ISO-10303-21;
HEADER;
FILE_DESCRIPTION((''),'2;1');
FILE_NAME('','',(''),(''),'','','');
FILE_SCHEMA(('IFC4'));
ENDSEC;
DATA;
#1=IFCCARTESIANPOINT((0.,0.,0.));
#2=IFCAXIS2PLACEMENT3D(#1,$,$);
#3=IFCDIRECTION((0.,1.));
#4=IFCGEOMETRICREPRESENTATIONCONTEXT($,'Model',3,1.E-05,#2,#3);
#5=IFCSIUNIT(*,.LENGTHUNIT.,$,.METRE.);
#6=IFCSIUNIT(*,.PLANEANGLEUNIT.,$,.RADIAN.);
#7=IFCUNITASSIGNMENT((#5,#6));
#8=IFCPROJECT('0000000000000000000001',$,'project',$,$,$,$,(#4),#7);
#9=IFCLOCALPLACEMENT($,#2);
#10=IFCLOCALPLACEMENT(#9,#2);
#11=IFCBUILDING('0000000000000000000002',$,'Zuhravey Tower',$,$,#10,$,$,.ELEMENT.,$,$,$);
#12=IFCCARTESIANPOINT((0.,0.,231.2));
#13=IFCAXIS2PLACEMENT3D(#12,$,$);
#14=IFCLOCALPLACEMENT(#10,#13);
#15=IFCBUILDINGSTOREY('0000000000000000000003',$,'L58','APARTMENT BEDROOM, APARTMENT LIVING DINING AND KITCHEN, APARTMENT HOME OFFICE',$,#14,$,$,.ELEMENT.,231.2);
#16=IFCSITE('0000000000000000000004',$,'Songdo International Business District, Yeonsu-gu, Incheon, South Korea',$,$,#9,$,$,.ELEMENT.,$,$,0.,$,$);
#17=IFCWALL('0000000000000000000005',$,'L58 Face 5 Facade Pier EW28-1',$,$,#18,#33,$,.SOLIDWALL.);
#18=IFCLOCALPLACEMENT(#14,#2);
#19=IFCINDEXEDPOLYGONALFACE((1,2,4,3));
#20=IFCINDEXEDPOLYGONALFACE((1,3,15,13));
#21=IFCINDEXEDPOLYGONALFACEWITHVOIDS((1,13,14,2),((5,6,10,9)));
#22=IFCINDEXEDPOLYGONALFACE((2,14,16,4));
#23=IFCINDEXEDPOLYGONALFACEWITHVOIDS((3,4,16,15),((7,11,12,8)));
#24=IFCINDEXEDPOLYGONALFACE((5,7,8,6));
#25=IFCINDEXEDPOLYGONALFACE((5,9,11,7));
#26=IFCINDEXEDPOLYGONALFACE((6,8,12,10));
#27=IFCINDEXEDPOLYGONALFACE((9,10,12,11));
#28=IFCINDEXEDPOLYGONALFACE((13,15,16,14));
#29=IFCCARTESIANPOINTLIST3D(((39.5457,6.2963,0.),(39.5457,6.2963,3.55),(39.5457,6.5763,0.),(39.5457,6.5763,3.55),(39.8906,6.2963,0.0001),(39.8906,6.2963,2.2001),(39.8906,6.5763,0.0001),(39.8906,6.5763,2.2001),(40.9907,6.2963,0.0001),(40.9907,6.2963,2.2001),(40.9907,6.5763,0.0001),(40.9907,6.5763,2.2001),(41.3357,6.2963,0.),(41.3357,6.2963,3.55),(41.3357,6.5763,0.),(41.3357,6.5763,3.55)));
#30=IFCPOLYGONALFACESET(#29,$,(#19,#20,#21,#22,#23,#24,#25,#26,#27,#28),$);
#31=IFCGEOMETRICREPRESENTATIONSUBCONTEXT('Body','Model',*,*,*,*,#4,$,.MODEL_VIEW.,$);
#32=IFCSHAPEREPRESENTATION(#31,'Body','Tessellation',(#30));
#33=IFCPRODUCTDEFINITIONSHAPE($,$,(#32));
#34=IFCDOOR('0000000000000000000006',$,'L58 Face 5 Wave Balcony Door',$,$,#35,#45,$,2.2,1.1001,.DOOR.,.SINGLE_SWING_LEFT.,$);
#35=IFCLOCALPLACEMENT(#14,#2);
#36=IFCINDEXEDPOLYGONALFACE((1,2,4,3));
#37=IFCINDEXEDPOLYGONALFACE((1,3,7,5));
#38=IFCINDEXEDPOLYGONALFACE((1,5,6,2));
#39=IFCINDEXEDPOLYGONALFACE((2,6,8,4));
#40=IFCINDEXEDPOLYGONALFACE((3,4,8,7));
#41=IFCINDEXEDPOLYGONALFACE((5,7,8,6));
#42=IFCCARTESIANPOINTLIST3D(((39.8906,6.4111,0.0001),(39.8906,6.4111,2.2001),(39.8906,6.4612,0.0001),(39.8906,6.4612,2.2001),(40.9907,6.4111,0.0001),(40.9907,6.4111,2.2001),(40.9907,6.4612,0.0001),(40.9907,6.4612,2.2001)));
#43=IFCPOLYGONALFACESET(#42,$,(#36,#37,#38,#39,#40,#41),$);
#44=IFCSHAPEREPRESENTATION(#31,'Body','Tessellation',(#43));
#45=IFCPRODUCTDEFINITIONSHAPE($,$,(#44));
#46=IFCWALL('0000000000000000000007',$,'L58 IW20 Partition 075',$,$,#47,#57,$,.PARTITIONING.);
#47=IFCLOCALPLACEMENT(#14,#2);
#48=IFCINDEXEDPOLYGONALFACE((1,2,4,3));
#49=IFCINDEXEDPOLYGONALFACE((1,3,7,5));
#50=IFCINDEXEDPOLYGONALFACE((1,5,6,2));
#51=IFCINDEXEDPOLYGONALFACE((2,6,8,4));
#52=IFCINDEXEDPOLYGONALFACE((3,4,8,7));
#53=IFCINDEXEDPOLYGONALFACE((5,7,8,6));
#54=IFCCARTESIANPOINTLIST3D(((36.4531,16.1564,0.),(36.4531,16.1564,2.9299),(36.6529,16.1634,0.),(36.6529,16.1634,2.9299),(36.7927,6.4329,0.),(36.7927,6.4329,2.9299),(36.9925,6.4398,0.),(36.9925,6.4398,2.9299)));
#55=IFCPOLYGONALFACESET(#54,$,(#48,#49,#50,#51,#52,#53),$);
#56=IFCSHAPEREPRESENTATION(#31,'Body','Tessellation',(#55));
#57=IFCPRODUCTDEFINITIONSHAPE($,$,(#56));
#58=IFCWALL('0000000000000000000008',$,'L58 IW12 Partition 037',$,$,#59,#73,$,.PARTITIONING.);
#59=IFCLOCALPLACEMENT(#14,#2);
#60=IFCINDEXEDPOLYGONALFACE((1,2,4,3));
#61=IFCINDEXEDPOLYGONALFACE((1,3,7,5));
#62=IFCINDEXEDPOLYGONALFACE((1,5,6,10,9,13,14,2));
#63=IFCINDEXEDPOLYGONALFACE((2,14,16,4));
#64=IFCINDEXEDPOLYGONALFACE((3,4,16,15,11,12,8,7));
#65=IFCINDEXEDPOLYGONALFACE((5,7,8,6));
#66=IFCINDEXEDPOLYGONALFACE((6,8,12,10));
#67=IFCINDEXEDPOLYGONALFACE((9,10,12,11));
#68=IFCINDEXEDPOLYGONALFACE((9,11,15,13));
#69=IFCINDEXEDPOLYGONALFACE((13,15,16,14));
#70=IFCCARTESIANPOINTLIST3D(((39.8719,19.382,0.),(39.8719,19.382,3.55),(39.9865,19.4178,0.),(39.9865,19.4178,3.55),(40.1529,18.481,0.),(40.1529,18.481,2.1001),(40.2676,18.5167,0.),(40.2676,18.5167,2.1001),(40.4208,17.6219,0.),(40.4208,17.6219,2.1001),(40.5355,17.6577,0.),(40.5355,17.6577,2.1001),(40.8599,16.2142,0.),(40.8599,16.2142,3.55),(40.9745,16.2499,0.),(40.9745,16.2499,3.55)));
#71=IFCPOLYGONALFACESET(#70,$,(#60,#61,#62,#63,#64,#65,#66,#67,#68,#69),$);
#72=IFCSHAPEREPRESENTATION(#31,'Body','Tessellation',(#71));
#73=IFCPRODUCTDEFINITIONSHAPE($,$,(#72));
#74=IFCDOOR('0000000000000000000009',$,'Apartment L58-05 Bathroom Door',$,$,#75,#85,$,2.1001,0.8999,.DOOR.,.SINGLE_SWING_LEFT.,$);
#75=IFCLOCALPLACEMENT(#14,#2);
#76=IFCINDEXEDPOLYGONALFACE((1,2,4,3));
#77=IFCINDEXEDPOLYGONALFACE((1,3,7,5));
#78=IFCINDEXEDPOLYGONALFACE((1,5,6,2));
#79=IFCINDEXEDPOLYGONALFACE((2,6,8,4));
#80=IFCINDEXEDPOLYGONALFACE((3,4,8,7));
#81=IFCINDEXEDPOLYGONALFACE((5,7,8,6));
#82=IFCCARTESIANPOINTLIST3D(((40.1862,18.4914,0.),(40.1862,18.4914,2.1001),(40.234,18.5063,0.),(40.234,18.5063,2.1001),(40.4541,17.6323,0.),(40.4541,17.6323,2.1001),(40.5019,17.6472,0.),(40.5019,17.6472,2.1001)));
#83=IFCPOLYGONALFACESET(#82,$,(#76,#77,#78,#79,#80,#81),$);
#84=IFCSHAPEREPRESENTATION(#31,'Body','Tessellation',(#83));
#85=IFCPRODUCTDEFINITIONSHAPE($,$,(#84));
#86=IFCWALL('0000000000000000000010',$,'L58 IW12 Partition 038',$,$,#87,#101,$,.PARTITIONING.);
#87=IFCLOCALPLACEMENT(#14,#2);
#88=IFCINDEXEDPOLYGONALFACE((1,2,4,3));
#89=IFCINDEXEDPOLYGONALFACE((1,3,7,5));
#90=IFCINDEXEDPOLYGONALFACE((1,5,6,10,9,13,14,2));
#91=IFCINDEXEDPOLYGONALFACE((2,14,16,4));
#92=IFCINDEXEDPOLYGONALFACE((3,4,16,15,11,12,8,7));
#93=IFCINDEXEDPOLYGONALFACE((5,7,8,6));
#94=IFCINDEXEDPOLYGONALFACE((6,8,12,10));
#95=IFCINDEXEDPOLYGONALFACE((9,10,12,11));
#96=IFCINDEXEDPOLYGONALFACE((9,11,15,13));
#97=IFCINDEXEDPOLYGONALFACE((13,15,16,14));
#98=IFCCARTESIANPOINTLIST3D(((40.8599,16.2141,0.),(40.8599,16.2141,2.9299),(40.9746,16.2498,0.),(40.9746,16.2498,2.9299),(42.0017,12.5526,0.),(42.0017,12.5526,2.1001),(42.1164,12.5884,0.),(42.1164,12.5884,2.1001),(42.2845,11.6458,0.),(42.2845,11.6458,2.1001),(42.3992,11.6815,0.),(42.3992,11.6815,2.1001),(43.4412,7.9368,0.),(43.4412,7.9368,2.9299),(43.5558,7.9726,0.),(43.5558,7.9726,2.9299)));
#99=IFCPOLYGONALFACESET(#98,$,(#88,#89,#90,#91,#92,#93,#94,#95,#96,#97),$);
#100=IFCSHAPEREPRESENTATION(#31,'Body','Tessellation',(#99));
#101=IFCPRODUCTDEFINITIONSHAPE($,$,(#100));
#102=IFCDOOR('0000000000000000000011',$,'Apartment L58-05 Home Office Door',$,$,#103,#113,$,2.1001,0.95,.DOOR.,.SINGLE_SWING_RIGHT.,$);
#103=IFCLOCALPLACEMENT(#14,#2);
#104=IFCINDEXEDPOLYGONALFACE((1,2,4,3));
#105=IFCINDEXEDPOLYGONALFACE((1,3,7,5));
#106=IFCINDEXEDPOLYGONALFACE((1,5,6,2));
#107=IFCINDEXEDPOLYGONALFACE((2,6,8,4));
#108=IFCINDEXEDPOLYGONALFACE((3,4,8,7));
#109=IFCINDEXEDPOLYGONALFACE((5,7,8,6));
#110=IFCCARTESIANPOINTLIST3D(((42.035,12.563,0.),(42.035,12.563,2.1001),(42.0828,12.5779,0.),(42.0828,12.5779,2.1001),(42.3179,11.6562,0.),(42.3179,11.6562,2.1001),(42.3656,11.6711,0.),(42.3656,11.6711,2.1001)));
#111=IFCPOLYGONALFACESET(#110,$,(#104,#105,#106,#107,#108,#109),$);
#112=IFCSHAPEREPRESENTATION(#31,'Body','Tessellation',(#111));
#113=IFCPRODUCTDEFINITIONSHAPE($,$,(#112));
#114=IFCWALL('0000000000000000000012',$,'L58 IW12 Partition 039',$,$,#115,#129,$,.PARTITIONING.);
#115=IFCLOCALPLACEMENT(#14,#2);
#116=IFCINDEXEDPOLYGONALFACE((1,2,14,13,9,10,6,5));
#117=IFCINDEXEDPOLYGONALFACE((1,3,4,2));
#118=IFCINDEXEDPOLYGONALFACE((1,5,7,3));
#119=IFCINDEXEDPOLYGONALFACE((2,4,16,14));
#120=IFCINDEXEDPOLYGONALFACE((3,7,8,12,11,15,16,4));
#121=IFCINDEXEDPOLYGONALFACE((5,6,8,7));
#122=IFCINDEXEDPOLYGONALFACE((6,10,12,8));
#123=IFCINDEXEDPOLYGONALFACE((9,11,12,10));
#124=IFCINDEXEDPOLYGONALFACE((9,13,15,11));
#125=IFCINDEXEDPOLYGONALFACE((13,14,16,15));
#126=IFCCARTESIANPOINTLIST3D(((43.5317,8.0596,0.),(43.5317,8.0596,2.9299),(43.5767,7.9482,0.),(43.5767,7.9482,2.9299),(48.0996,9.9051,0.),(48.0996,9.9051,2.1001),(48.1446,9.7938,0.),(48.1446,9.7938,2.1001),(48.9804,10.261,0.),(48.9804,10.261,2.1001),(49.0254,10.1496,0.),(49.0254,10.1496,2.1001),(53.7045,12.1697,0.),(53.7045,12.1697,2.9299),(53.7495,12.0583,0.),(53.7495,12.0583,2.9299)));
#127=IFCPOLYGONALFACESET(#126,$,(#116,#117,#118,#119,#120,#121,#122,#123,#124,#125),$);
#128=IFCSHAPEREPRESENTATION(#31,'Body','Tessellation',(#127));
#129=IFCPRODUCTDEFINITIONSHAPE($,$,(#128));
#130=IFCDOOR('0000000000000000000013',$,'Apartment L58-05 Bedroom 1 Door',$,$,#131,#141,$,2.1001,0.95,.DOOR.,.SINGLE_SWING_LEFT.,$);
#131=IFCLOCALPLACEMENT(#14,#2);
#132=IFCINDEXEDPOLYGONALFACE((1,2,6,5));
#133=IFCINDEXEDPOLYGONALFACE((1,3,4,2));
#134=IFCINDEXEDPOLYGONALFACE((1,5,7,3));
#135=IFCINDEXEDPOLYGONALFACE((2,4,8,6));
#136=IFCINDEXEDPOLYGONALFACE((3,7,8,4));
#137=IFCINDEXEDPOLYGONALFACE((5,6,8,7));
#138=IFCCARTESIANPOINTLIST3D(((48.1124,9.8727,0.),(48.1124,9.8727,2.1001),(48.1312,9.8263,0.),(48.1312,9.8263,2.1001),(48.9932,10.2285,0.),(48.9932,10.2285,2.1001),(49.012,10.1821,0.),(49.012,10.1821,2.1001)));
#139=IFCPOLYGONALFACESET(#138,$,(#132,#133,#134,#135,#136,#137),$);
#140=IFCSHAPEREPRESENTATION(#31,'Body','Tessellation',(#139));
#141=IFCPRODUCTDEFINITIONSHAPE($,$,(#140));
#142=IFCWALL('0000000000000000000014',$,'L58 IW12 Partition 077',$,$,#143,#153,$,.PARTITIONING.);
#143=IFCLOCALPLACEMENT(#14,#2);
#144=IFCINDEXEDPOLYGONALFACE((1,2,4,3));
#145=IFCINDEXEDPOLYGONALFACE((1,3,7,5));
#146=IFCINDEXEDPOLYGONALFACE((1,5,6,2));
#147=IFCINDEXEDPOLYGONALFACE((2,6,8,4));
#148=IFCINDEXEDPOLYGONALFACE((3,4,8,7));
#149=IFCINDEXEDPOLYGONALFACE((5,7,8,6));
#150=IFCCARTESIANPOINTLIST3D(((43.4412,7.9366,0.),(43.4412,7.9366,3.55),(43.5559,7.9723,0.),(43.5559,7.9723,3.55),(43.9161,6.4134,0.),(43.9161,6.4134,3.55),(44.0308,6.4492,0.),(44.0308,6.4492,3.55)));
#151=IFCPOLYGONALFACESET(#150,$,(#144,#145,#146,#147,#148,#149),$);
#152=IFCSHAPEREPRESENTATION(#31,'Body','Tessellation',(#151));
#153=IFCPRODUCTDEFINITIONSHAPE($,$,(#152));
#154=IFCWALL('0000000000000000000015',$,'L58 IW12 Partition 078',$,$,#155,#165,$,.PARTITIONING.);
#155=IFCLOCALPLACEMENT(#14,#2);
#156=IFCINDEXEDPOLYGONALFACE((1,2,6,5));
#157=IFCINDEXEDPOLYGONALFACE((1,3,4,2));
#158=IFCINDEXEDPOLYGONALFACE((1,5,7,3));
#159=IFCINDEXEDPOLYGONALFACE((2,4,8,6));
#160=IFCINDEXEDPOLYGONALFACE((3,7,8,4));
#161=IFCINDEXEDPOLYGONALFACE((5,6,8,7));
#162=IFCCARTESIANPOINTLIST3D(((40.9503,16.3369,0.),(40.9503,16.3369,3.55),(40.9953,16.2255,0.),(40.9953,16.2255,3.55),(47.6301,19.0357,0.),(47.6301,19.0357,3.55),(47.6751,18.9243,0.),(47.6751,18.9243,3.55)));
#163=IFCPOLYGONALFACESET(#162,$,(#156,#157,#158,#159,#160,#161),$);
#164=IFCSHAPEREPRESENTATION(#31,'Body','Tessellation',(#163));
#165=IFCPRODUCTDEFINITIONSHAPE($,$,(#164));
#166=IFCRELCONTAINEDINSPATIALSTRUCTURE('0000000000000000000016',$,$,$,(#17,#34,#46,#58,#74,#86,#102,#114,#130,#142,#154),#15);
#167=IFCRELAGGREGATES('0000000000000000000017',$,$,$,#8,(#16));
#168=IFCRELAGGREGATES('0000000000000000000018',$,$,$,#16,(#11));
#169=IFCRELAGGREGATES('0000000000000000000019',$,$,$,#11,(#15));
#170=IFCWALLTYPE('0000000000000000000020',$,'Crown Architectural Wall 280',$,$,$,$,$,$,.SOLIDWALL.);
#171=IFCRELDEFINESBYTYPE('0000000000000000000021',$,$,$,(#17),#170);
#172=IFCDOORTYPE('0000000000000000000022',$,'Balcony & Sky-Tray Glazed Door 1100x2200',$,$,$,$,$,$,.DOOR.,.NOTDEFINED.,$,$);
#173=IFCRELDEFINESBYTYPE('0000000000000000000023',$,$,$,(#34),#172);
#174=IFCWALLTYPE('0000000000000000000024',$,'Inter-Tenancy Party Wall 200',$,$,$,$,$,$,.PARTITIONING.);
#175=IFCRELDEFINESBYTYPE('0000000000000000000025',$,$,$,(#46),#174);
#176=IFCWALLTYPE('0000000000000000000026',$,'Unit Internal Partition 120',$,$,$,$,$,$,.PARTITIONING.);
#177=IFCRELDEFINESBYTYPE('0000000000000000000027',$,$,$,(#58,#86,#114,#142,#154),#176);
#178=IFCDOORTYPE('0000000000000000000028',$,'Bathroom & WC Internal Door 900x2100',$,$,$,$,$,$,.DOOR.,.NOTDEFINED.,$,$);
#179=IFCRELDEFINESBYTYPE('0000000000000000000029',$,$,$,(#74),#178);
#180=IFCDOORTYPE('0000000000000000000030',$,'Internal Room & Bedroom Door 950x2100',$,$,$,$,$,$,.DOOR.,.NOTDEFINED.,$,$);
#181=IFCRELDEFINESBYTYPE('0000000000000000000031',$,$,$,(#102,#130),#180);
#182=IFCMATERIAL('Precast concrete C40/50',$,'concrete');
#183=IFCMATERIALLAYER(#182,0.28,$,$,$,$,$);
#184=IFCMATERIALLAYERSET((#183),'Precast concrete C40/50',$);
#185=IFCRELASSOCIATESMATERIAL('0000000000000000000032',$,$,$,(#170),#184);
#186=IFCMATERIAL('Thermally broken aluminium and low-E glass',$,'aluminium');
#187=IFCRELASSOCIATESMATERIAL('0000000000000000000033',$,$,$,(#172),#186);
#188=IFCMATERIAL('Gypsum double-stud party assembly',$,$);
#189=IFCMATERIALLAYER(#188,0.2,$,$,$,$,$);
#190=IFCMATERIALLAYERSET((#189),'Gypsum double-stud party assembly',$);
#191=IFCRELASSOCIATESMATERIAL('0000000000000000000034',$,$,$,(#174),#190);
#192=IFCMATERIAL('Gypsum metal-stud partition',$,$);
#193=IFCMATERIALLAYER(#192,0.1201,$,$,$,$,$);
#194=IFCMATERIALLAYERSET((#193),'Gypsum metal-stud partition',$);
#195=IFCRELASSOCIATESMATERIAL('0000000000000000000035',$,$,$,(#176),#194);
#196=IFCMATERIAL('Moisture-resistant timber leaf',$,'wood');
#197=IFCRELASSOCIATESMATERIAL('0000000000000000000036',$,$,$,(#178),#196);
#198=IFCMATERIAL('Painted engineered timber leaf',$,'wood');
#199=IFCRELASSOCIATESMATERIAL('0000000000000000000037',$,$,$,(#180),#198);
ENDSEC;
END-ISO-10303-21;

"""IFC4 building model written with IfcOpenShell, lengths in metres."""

from ifc_helpers import new_model, si_unit, direction, frame, frame_2d, origin, place, context, subcontext, project, spatial, rectangle, extrude, material, layer, layer_set, type_object, element, fill, save


model = new_model("IFC4")

# Units and contexts
model_context = context("Model", 3, precision=1e-05, world=origin(), true_north=direction((0.0, 1.0)))
body_context = subcontext(model_context, "Body", "Model", "MODEL_VIEW")
ifc_project = project(units=[si_unit("LENGTHUNIT", "METRE"), si_unit("PLANEANGLEUNIT", "RADIAN")], contexts=[model_context])

# Site, building, storey
site_placement = place(None, origin())
site = spatial("IfcSite", under=ifc_project, at=site_placement, Name="Songdo International Business District, Yeonsu-gu, Incheon, South Korea", CompositionType="ELEMENT", RefElevation=0.0)
building_placement = place(site_placement, origin())
building = spatial("IfcBuilding", under=site, at=building_placement, Name="Zuhravey Tower", CompositionType="ELEMENT")
storey_placement = place(building_placement, frame((0.0, 0.0, 231.2)))
storey = spatial("IfcBuildingStorey", under=building, at=storey_placement, Name="L58", Description="APARTMENT BEDROOM, APARTMENT LIVING DINING AND KITCHEN, APARTMENT HOME OFFICE", CompositionType="ELEMENT", Elevation=231.2)

# Wall, opening, door
ifc_material_1 = material(Name="Precast concrete C40/50", Category="concrete")
ifc_layer_1 = layer(ifc_material_1, 0.28)
ifc_layer_set_1 = layer_set([ifc_layer_1], Name="Precast concrete C40/50")
wall_type_1 = type_object("IfcWallType", Name="Crown Architectural Wall 280", PredefinedType="SOLIDWALL", material=ifc_layer_set_1)
wall_1_placement = place(storey_placement, frame((41.3357, 6.4363, 0.0), z_axis=(0.0, 0.0, 1.0), x_axis=(-1.0, 0.0, 0.0)))
wall_1 = element("IfcWall", 1, at=wall_1_placement, inside=storey, type_object=wall_type_1, Name="L58 Face 5 Facade Pier EW28-1", PredefinedType="SOLIDWALL", context=body_context, shape_type="SweptSolid", body=[
    extrude(rectangle(XDim=1.79, YDim=0.28, at=frame_2d((0.895, 0.0))), origin(), (0.0, 0.0, 1.0), 3.55),
])
opening_1_placement = place(wall_1_placement, frame((0.345, 0.0, 0.0)))
opening_1 = element("IfcOpeningElement", 2, at=opening_1_placement, cuts=wall_1, PredefinedType="OPENING", context=body_context, shape_type="SweptSolid", body=[
    extrude(rectangle(XDim=1.1001, YDim=2.2, at=frame_2d((0.55, 1.1001))), frame((0.0, 0.1521, 0.0), z_axis=(0.0, -1.0, 0.0), x_axis=(1.0, 0.0, 0.0)), (0.0, 0.0, 1.0), 0.304),
])
ifc_material_2 = material(Name="Thermally broken aluminium and low-E glass", Category="aluminium")
door_type_1 = type_object("IfcDoorType", Name="Balcony & Sky-Tray Glazed Door 1100x2200", OperationType="NOTDEFINED", PredefinedType="DOOR", material=ifc_material_2)
door_1_placement = place(opening_1_placement, frame((1.1001, 0.0, 0.0), z_axis=(0.0, 0.0, 1.0), x_axis=(-1.0, 0.0, 0.0)))
door_1 = element("IfcDoor", 3, at=door_1_placement, inside=storey, type_object=door_type_1, Name="L58 Face 5 Wave Balcony Door", OperationType="SINGLE_SWING_LEFT", OverallHeight=2.2, OverallWidth=1.1001, PredefinedType="DOOR", context=body_context, shape_type="SweptSolid", body=[
    extrude(rectangle(XDim=1.1001, YDim=2.2, at=frame_2d((0.55, 1.1001))), frame((0.0, 0.0249, 0.0), z_axis=(0.0, -1.0, 0.0), x_axis=(1.0, 0.0, 0.0)), (0.0, 0.0, 1.0), 0.05),
])
fill(opening_1, door_1)

# Wall
ifc_material_3 = material(Name="Gypsum double-stud party assembly")
ifc_layer_2 = layer(ifc_material_3, 0.2)
ifc_layer_set_2 = layer_set([ifc_layer_2], Name="Gypsum double-stud party assembly")
wall_type_2 = type_object("IfcWallType", Name="Inter-Tenancy Party Wall 200", PredefinedType="PARTITIONING", material=ifc_layer_set_2)
wall_2_placement = place(storey_placement, frame((36.553, 16.1599, 0.0), z_axis=(0.0, 0.0, 1.0), x_axis=(0.034904, -0.999391, 0.0)))
element("IfcWall", 4, at=wall_2_placement, inside=storey, type_object=wall_type_2, Name="L58 IW20 Partition 075", PredefinedType="PARTITIONING", context=body_context, shape_type="SweptSolid", body=[
    extrude(rectangle(XDim=9.7295, YDim=0.2, at=frame_2d((4.8647, 0.0))), origin(), (0.0, 0.0, 1.0), 2.9299),
])

# Walls, openings, doors
ifc_material_4 = material(Name="Gypsum metal-stud partition")
ifc_layer_3 = layer(ifc_material_4, 0.1201)
ifc_layer_set_3 = layer_set([ifc_layer_3], Name="Gypsum metal-stud partition")
wall_type_3 = type_object("IfcWallType", Name="Unit Internal Partition 120", PredefinedType="PARTITIONING", material=ifc_layer_set_3)
wall_3_placement = place(storey_placement, frame((39.9292, 19.3999, 0.0), z_axis=(0.0, 0.0, 1.0), x_axis=(0.297739, -0.954647, 0.0)))
wall_3 = element("IfcWall", 5, at=wall_3_placement, inside=storey, type_object=wall_type_3, Name="L58 IW12 Partition 037", PredefinedType="PARTITIONING", context=body_context, shape_type="SweptSolid", body=[
    extrude(rectangle(XDim=3.3184, YDim=0.1201, at=frame_2d((1.6592, 0.0))), origin(), (0.0, 0.0, 1.0), 3.55),
])
opening_2_placement = place(wall_3_placement, frame((0.9438, 0.0, 0.0)))
opening_2 = element("IfcOpeningElement", 6, at=opening_2_placement, cuts=wall_3, PredefinedType="OPENING", context=body_context, shape_type="SweptSolid", body=[
    extrude(rectangle(XDim=0.8999, YDim=2.1001, at=frame_2d((0.45, 1.05))), frame((0.0, 0.072, 0.0), z_axis=(0.0, -1.0, 0.0), x_axis=(1.0, 0.0, 0.0)), (0.0, 0.0, 1.0), 0.144),
])
ifc_material_5 = material(Name="Moisture-resistant timber leaf", Category="wood")
door_type_2 = type_object("IfcDoorType", Name="Bathroom & WC Internal Door 900x2100", OperationType="NOTDEFINED", PredefinedType="DOOR", material=ifc_material_5)
door_2_placement = place(opening_2_placement, origin())
door_2 = element("IfcDoor", 7, at=door_2_placement, inside=storey, type_object=door_type_2, Name="Apartment L58-05 Bathroom Door", OperationType="SINGLE_SWING_LEFT", OverallHeight=2.1001, OverallWidth=0.8999, PredefinedType="DOOR", context=body_context, shape_type="SweptSolid", body=[
    extrude(rectangle(XDim=0.8999, YDim=2.1001, at=frame_2d((0.45, 1.05))), frame((0.0, 0.0249, 0.0), z_axis=(0.0, -1.0, 0.0), x_axis=(1.0, 0.0, 0.0)), (0.0, 0.0, 1.0), 0.05),
])
fill(opening_2, door_2)
wall_4_placement = place(storey_placement, frame((40.9172, 16.2319, 0.0), z_axis=(0.0, 0.0, 1.0), x_axis=(0.297711, -0.954656, 0.0)))
wall_4 = element("IfcWall", 8, at=wall_4_placement, inside=storey, type_object=wall_type_3, Name="L58 IW12 Partition 038", PredefinedType="PARTITIONING", context=body_context, shape_type="SweptSolid", body=[
    extrude(rectangle(XDim=8.6704, YDim=0.1201, at=frame_2d((4.3352, 0.0))), origin(), (0.0, 0.0, 1.0), 2.9299),
])
opening_3_placement = place(wall_4_placement, frame((3.8352, 0.0, 0.0)))
opening_3 = element("IfcOpeningElement", 9, at=opening_3_placement, cuts=wall_4, PredefinedType="OPENING", context=body_context, shape_type="SweptSolid", body=[
    extrude(rectangle(XDim=0.95, YDim=2.1001, at=frame_2d((0.4751, 1.05))), frame((0.0, 0.072, 0.0), z_axis=(0.0, -1.0, 0.0), x_axis=(1.0, 0.0, 0.0)), (0.0, 0.0, 1.0), 0.144),
])
ifc_material_6 = material(Name="Painted engineered timber leaf", Category="wood")
door_type_3 = type_object("IfcDoorType", Name="Internal Room & Bedroom Door 950x2100", OperationType="NOTDEFINED", PredefinedType="DOOR", material=ifc_material_6)
door_3_placement = place(opening_3_placement, origin())
door_3 = element("IfcDoor", 10, at=door_3_placement, inside=storey, type_object=door_type_3, Name="Apartment L58-05 Home Office Door", OperationType="SINGLE_SWING_RIGHT", OverallHeight=2.1001, OverallWidth=0.95, PredefinedType="DOOR", context=body_context, shape_type="SweptSolid", body=[
    extrude(rectangle(XDim=0.95, YDim=2.1001, at=frame_2d((0.4751, 1.05))), frame((0.0, 0.0249, 0.0), z_axis=(0.0, -1.0, 0.0), x_axis=(1.0, 0.0, 0.0)), (0.0, 0.0, 1.0), 0.05),
])
fill(opening_3, door_3)
wall_5_placement = place(storey_placement, frame((43.5542, 8.0039, 0.0), z_axis=(0.0, 0.0, 1.0), x_axis=(0.927184, 0.374607, 0.0)))
wall_5 = element("IfcWall", 11, at=wall_5_placement, inside=storey, type_object=wall_type_3, Name="L58 IW12 Partition 039", PredefinedType="PARTITIONING", context=body_context, shape_type="SweptSolid", body=[
    extrude(rectangle(XDim=10.9717, YDim=0.1201, at=frame_2d((5.4858, 0.0))), origin(), (0.0, 0.0, 1.0), 2.9299),
])
opening_4_placement = place(wall_5_placement, frame((4.9265, 0.0, 0.0)))
opening_4 = element("IfcOpeningElement", 12, at=opening_4_placement, cuts=wall_5, PredefinedType="OPENING", context=body_context, shape_type="SweptSolid", body=[
    extrude(rectangle(XDim=0.95, YDim=2.1001, at=frame_2d((0.4751, 1.05))), frame((0.0, 0.072, 0.0), z_axis=(0.0, -1.0, 0.0), x_axis=(1.0, 0.0, 0.0)), (0.0, 0.0, 1.0), 0.144),
])
door_4_placement = place(opening_4_placement, frame((0.95, 0.0, 0.0), z_axis=(0.0, 0.0, 1.0), x_axis=(-1.0, 0.0, 0.0)))
door_4 = element("IfcDoor", 13, at=door_4_placement, inside=storey, type_object=door_type_3, Name="Apartment L58-05 Bedroom 1 Door", OperationType="SINGLE_SWING_LEFT", OverallHeight=2.1001, OverallWidth=0.95, PredefinedType="DOOR", context=body_context, shape_type="SweptSolid", body=[
    extrude(rectangle(XDim=0.95, YDim=2.1001, at=frame_2d((0.4751, 1.05))), frame((0.0, 0.0249, 0.0), z_axis=(0.0, -1.0, 0.0), x_axis=(1.0, 0.0, 0.0)), (0.0, 0.0, 1.0), 0.05),
])
fill(opening_4, door_4)

# Walls
wall_6_placement = place(storey_placement, frame((43.4985, 7.9546, 0.0), z_axis=(0.0, 0.0, 1.0), x_axis=(0.297621, -0.954684, 0.0)))
element("IfcWall", 14, at=wall_6_placement, inside=storey, type_object=wall_type_3, Name="L58 IW12 Partition 077", PredefinedType="PARTITIONING", context=body_context, shape_type="SweptSolid", body=[
    extrude(rectangle(XDim=1.5955, YDim=0.1201, at=frame_2d((0.7979, 0.0))), origin(), (0.0, 0.0, 1.0), 3.55),
])
wall_7_placement = place(storey_placement, frame((40.9729, 16.2812, 0.0), z_axis=(0.0, 0.0, 1.0), x_axis=(0.927186, 0.374602, 0.0)))
element("IfcWall", 15, at=wall_7_placement, inside=storey, type_object=wall_type_3, Name="L58 IW12 Partition 078", PredefinedType="PARTITIONING", context=body_context, shape_type="SweptSolid", body=[
    extrude(rectangle(XDim=7.2043, YDim=0.1201, at=frame_2d((3.6021, 0.0))), origin(), (0.0, 0.0, 1.0), 3.55),
])

save(model, "model.ifc")
